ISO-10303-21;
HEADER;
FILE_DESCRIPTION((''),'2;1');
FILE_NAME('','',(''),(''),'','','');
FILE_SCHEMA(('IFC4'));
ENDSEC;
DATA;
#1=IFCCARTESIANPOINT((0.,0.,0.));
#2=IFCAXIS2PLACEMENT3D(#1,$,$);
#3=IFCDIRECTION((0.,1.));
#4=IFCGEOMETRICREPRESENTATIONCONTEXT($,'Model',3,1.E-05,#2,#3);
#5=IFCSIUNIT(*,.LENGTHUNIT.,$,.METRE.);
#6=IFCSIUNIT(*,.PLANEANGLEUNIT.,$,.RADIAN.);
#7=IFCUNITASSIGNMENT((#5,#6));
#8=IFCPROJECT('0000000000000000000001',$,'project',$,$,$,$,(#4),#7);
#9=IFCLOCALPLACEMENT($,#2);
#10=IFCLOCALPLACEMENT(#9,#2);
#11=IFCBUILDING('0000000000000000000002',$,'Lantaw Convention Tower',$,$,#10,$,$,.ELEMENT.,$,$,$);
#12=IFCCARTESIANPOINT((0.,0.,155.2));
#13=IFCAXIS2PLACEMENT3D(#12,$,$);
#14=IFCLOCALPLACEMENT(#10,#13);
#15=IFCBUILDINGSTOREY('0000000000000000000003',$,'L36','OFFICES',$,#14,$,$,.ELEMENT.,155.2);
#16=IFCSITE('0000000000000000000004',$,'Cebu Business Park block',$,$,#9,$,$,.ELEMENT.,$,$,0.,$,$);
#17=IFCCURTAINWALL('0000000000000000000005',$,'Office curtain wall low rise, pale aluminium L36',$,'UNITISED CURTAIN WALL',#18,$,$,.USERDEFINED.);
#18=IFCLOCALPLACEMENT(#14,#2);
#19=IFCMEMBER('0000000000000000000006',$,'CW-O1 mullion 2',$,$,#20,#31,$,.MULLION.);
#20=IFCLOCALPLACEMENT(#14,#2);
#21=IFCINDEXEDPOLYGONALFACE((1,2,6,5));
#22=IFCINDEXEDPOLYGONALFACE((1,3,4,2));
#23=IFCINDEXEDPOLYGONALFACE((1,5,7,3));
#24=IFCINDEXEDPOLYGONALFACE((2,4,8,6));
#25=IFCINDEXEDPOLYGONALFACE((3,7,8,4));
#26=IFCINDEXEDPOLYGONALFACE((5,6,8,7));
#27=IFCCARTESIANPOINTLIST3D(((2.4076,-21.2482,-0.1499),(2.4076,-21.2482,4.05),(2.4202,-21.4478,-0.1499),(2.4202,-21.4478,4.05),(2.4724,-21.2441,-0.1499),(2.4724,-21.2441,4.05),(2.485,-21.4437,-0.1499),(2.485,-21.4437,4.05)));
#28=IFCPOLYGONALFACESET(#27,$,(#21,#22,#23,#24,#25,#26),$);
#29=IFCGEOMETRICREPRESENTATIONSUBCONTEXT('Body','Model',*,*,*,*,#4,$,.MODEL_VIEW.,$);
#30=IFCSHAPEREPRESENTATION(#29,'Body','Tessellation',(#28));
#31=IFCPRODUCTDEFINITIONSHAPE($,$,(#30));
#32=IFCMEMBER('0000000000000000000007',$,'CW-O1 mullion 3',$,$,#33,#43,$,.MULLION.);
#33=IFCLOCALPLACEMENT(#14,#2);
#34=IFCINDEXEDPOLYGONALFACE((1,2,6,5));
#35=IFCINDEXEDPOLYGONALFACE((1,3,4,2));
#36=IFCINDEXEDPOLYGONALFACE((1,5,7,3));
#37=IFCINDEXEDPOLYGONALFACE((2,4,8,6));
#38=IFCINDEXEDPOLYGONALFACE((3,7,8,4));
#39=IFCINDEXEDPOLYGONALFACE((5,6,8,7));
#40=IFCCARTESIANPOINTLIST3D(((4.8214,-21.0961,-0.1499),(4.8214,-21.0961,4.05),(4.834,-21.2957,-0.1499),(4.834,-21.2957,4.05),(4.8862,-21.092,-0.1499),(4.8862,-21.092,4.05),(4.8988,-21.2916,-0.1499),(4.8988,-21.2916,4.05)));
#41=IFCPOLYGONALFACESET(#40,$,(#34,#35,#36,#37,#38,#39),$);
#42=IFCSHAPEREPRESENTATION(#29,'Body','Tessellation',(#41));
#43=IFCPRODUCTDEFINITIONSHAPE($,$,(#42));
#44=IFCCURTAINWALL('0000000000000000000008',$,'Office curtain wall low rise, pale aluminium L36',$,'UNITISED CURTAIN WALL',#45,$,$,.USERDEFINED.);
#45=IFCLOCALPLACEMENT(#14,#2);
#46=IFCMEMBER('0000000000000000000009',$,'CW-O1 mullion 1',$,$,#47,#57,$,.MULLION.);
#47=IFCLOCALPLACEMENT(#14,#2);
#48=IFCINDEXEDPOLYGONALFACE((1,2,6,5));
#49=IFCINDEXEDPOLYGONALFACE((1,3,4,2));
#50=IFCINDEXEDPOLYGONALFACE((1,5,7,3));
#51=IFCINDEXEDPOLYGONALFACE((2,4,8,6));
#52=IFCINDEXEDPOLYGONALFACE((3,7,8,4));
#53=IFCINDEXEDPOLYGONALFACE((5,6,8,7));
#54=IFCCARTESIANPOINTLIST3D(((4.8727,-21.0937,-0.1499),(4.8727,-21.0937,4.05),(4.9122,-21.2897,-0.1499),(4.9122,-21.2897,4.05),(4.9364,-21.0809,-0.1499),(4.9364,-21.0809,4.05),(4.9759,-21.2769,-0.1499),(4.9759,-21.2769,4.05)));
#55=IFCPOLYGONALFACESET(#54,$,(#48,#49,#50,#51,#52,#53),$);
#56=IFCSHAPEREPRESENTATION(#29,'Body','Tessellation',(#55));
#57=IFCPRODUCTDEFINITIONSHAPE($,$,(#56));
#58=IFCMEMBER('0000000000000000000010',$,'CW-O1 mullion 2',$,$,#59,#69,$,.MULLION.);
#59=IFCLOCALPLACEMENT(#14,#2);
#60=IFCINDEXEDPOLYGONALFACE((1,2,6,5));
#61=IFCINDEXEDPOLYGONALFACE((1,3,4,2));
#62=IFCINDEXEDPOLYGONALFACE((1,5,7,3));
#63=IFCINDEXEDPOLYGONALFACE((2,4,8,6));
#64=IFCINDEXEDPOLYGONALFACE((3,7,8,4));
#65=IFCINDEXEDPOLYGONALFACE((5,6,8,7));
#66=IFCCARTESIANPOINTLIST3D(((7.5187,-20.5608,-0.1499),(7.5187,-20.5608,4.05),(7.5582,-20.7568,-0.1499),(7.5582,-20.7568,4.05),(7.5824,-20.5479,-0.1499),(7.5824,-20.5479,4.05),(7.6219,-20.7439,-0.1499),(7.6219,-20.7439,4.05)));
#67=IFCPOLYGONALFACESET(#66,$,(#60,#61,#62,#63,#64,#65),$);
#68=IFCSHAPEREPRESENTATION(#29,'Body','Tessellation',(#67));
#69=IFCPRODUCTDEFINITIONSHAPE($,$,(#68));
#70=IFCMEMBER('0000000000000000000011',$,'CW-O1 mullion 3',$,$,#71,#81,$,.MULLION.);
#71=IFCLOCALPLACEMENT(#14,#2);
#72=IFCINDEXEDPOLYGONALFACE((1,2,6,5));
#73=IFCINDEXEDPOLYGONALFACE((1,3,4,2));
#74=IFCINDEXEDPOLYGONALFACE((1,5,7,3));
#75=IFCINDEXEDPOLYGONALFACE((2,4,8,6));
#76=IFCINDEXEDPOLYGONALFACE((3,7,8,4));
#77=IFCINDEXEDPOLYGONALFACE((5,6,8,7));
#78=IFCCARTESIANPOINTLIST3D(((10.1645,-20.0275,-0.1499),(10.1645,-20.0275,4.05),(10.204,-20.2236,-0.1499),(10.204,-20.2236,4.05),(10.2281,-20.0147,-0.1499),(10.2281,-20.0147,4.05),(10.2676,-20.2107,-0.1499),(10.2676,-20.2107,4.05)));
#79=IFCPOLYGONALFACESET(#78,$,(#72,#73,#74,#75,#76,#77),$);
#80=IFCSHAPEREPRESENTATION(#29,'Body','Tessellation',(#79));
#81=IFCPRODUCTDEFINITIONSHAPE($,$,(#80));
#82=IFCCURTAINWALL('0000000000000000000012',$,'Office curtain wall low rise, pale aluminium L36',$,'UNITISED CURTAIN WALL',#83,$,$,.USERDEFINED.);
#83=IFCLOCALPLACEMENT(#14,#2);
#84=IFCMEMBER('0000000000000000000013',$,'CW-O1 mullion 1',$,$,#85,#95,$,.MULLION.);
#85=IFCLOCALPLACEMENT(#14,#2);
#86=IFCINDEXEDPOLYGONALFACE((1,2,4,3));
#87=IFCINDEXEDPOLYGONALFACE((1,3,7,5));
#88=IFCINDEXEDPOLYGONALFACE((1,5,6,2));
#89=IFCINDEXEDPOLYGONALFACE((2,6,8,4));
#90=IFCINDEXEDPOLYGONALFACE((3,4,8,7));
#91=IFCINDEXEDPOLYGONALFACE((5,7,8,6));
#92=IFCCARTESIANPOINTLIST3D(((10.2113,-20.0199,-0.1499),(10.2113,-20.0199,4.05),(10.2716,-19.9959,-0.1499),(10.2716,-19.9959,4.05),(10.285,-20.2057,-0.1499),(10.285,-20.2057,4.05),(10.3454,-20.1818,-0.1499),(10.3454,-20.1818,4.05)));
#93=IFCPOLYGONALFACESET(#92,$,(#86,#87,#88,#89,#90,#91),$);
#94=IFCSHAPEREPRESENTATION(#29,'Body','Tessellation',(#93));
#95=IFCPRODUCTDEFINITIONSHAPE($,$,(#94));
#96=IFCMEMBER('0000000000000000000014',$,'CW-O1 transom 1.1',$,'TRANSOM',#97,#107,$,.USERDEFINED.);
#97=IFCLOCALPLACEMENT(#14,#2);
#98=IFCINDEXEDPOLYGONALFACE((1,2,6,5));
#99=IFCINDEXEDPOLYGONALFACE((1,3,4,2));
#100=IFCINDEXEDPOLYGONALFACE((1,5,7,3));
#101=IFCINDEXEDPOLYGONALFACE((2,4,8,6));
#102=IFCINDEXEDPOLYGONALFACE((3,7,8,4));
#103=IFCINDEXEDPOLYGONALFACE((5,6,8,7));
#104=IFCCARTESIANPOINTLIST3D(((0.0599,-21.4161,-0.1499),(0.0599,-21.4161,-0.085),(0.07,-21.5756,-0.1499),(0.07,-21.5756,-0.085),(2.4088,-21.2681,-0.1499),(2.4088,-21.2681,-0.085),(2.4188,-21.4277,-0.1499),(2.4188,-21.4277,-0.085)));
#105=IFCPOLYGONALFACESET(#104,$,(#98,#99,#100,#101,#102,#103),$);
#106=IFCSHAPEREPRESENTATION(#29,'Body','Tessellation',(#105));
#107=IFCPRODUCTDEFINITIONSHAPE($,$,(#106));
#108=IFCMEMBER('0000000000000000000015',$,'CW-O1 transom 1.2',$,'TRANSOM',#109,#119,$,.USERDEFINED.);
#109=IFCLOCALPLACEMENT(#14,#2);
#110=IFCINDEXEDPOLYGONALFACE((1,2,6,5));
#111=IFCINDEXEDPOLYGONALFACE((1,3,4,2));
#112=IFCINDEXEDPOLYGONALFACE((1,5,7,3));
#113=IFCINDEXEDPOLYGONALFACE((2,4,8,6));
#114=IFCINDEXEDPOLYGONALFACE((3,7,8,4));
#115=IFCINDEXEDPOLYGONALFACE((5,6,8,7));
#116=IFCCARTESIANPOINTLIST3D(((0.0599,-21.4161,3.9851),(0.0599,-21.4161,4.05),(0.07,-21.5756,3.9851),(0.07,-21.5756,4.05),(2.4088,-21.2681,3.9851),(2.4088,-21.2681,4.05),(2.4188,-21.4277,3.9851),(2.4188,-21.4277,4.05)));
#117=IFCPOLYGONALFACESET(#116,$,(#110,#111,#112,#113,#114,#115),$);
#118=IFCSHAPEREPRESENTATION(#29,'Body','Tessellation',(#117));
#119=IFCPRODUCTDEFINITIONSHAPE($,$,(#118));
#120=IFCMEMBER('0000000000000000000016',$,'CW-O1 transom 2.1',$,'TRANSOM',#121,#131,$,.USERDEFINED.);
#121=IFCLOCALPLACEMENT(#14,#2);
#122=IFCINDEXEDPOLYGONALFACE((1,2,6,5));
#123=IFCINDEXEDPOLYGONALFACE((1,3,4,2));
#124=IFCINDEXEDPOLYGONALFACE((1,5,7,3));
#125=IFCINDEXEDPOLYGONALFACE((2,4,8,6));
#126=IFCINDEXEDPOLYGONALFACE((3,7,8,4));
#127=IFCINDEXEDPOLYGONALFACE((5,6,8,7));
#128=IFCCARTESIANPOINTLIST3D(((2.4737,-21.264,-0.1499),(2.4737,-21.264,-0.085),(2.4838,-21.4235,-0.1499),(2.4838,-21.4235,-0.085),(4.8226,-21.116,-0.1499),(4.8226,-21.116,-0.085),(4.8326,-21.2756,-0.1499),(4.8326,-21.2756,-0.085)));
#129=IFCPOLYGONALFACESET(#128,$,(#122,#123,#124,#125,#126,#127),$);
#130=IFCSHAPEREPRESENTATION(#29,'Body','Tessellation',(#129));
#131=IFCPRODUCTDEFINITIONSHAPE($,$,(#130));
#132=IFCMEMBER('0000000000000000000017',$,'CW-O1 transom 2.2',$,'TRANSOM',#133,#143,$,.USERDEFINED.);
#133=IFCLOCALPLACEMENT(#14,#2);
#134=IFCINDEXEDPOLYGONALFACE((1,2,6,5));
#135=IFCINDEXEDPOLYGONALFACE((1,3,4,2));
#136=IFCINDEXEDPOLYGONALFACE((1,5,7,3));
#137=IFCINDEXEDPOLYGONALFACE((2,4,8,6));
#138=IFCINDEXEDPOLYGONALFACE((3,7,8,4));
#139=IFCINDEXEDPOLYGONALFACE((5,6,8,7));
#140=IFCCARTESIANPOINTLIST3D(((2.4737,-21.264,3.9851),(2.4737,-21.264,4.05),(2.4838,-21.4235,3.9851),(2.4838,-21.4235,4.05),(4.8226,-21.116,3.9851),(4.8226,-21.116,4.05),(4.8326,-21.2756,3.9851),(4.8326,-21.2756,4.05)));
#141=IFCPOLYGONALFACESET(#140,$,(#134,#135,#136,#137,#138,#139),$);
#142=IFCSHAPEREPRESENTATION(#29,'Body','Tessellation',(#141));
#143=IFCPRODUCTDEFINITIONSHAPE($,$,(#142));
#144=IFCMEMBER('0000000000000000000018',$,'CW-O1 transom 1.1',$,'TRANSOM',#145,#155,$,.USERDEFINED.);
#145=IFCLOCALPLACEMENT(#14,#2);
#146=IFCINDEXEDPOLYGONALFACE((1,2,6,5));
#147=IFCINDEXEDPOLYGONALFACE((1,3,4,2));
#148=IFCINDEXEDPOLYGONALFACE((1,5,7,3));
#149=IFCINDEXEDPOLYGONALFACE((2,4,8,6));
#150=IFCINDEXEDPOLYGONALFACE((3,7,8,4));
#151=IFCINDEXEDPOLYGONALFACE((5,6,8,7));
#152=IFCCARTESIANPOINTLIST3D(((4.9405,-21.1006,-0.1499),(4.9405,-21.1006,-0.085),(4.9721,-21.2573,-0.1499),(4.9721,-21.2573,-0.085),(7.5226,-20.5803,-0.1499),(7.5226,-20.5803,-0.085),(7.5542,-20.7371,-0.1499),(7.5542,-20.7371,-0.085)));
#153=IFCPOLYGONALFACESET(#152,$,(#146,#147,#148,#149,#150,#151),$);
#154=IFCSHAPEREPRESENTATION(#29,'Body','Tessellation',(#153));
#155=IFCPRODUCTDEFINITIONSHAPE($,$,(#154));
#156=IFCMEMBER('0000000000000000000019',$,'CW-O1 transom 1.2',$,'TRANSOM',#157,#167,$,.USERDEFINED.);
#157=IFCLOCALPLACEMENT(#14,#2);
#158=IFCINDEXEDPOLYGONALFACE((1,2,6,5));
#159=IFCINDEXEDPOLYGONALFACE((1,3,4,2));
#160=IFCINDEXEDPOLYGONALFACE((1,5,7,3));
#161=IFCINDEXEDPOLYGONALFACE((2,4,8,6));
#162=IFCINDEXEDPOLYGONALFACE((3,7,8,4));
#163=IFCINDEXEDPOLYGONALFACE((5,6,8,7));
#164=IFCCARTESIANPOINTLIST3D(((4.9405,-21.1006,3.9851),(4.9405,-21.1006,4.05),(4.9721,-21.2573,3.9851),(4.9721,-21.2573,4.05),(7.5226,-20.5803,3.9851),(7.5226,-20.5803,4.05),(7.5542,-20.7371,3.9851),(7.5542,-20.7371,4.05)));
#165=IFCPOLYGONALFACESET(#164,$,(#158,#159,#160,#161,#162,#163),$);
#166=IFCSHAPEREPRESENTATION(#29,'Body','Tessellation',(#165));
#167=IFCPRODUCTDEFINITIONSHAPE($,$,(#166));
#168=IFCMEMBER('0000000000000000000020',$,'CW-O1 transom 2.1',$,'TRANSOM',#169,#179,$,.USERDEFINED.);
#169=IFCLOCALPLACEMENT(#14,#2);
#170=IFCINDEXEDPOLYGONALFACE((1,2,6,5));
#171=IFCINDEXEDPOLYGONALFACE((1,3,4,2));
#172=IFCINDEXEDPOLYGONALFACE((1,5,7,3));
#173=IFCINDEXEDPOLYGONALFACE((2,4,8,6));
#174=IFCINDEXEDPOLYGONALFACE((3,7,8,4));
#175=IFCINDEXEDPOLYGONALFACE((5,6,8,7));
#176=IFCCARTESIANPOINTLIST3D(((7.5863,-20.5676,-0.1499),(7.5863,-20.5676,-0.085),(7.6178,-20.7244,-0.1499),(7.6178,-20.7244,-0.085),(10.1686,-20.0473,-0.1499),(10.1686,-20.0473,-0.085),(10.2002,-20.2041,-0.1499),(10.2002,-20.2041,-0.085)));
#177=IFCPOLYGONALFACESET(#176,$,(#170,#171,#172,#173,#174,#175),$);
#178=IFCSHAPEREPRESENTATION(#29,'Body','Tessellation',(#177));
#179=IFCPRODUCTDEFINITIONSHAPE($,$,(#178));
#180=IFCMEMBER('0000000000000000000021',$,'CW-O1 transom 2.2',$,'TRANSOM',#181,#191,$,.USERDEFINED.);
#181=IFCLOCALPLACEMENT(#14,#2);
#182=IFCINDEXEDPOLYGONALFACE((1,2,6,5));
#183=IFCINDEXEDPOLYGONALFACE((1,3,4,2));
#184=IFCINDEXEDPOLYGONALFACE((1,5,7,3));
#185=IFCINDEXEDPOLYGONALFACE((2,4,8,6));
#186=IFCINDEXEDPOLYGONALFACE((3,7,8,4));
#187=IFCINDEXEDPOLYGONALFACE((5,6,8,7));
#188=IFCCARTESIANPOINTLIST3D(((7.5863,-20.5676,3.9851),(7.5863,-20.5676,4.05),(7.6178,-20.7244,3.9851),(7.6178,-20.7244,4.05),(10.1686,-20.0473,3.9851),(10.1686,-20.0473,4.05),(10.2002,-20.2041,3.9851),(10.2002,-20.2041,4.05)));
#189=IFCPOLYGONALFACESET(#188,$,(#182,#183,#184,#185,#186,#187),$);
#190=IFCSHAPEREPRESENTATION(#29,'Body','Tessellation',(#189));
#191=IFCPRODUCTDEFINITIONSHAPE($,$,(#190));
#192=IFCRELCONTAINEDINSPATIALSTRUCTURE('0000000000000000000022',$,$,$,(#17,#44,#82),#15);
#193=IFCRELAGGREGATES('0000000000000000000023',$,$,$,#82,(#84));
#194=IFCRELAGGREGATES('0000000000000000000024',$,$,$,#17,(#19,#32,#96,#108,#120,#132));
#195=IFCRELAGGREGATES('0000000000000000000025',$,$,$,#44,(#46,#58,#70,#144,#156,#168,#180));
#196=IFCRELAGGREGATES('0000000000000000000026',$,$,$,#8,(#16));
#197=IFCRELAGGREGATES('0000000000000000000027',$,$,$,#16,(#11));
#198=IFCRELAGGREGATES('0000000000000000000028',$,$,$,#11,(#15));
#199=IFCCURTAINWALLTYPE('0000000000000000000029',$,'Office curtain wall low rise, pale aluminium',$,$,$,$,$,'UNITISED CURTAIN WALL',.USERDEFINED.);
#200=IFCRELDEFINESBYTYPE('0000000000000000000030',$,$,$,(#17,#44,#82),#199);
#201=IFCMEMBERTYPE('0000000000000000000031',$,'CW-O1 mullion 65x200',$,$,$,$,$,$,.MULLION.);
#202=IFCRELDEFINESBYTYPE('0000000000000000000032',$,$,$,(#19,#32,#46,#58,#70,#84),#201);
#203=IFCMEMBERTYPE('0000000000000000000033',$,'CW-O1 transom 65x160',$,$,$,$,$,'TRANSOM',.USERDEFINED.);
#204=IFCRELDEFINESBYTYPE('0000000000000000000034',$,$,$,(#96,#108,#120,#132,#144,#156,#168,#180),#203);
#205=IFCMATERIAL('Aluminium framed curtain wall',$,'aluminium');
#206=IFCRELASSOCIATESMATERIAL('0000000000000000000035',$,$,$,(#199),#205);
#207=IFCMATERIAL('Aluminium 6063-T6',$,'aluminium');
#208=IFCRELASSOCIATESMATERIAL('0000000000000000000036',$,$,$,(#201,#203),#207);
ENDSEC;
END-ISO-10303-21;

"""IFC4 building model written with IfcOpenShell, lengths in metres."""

from ifc_helpers import new_model, si_unit, direction, frame, origin, origin_2d, place, context, subcontext, project, spatial, rectangle, extrude, material, material_profile, profile_set, type_object, element, aggregate, save


model = new_model("IFC4")

# Units and contexts
model_context = context("Model", 3, precision=1e-05, world=origin(), true_north=direction((0.0, 1.0)))
body_context = subcontext(model_context, "Body", "Model", "MODEL_VIEW")
ifc_project = project(units=[si_unit("LENGTHUNIT", "METRE"), si_unit("PLANEANGLEUNIT", "RADIAN")], contexts=[model_context])

# Site, building, storey
site_placement = place(None, origin())
site = spatial("IfcSite", under=ifc_project, at=site_placement, Name="Cebu Business Park block", CompositionType="ELEMENT", RefElevation=0.0)
building_placement = place(site_placement, origin())
building = spatial("IfcBuilding", under=site, at=building_placement, Name="Lantaw Convention Tower", CompositionType="ELEMENT")
storey_placement = place(building_placement, frame((0.0, 0.0, 155.2)))
storey = spatial("IfcBuildingStorey", under=building, at=storey_placement, Name="L36", Description="OFFICES", CompositionType="ELEMENT", Elevation=155.2)

# Curtain walls, members
ifc_material_1 = material(Name="Aluminium framed curtain wall", Category="aluminium")
curtain_wall_type = type_object("IfcCurtainWallType", Name="Office curtain wall low rise, pale aluminium", ElementType="UNITISED CURTAIN WALL", PredefinedType="USERDEFINED", material=ifc_material_1)
curtain_wall_1_placement = place(storey_placement, origin())
curtain_wall_1 = element("IfcCurtainWall", 1, at=curtain_wall_1_placement, inside=storey, type_object=curtain_wall_type, Name="Office curtain wall low rise, pale aluminium L36", ObjectType="UNITISED CURTAIN WALL", PredefinedType="USERDEFINED")
ifc_material_2 = material(Name="Aluminium 6063-T6", Category="aluminium")
ifc_material_profile_1 = material_profile(ifc_material_2, rectangle(XDim=0.2, YDim=0.0649, at=origin_2d()), Name="CW-O1 mullion 65x200")
ifc_profile_set_1 = profile_set([ifc_material_profile_1], Name="Aluminium 6063-T6")
member_type_1 = type_object("IfcMemberType", Name="CW-O1 mullion 65x200", PredefinedType="MULLION", material=ifc_profile_set_1)
member_1_placement = place(storey_placement, frame((2.4463, -21.3459, -0.1499), z_axis=(0.0, 0.0, 1.0), x_axis=(-0.062865, 0.998022, 0.0)))
member_1 = element("IfcMember", 2, at=member_1_placement, type_object=member_type_1, Name="CW-O1 mullion 2", PredefinedType="MULLION", context=body_context, shape_type="SweptSolid", body=[
    extrude(rectangle(XDim=0.2, YDim=0.0649, at=origin_2d()), origin(), (0.0, 0.0, 1.0), 4.2),
])
member_2_placement = place(storey_placement, frame((4.8601, -21.1938, -0.1499), z_axis=(0.0, 0.0, 1.0), x_axis=(-0.062865, 0.998022, 0.0)))
member_2 = element("IfcMember", 3, at=member_2_placement, type_object=member_type_1, Name="CW-O1 mullion 3", PredefinedType="MULLION", context=body_context, shape_type="SweptSolid", body=[
    extrude(rectangle(XDim=0.2, YDim=0.0649, at=origin_2d()), origin(), (0.0, 0.0, 1.0), 4.2),
])
curtain_wall_2_placement = place(storey_placement, origin())
curtain_wall_2 = element("IfcCurtainWall", 4, at=curtain_wall_2_placement, inside=storey, type_object=curtain_wall_type, Name="Office curtain wall low rise, pale aluminium L36", ObjectType="UNITISED CURTAIN WALL", PredefinedType="USERDEFINED")
member_3_placement = place(storey_placement, frame((4.9243, -21.1853, -0.1499), z_axis=(0.0, 0.0, 1.0), x_axis=(-0.197507, 0.980302, 0.0)))
member_3 = element("IfcMember", 5, at=member_3_placement, type_object=member_type_1, Name="CW-O1 mullion 1", PredefinedType="MULLION", context=body_context, shape_type="SweptSolid", body=[
    extrude(rectangle(XDim=0.2, YDim=0.0649, at=origin_2d()), origin(), (0.0, 0.0, 1.0), 4.2),
])
member_4_placement = place(storey_placement, frame((7.5703, -20.6523, -0.1499), z_axis=(0.0, 0.0, 1.0), x_axis=(-0.197507, 0.980302, 0.0)))
member_4 = element("IfcMember", 6, at=member_4_placement, type_object=member_type_1, Name="CW-O1 mullion 2", PredefinedType="MULLION", context=body_context, shape_type="SweptSolid", body=[
    extrude(rectangle(XDim=0.2, YDim=0.0649, at=origin_2d()), origin(), (0.0, 0.0, 1.0), 4.2),
])
member_5_placement = place(storey_placement, frame((10.2161, -20.1191, -0.1499), z_axis=(0.0, 0.0, 1.0), x_axis=(-0.197507, 0.980302, 0.0)))
member_5 = element("IfcMember", 7, at=member_5_placement, type_object=member_type_1, Name="CW-O1 mullion 3", PredefinedType="MULLION", context=body_context, shape_type="SweptSolid", body=[
    extrude(rectangle(XDim=0.2, YDim=0.0649, at=origin_2d()), origin(), (0.0, 0.0, 1.0), 4.2),
])

# Curtain wall, member
curtain_wall_3_placement = place(storey_placement, origin())
curtain_wall_3 = element("IfcCurtainWall", 8, at=curtain_wall_3_placement, inside=storey, type_object=curtain_wall_type, Name="Office curtain wall low rise, pale aluminium L36", ObjectType="UNITISED CURTAIN WALL", PredefinedType="USERDEFINED")
member_6_placement = place(storey_placement, frame((10.2783, -20.1008, -0.1499), z_axis=(0.0, 0.0, 1.0), x_axis=(-0.368702, 0.929548, 0.0)))
member_6 = element("IfcMember", 9, at=member_6_placement, type_object=member_type_1, Name="CW-O1 mullion 1", PredefinedType="MULLION", context=body_context, shape_type="SweptSolid", body=[
    extrude(rectangle(XDim=0.2, YDim=0.0649, at=origin_2d()), origin(), (0.0, 0.0, 1.0), 4.2),
])

# Members
ifc_material_profile_2 = material_profile(ifc_material_2, rectangle(XDim=0.1599, YDim=0.0649, at=origin_2d()), Name="CW-O1 transom 65x160")
ifc_profile_set_2 = profile_set([ifc_material_profile_2], Name="Aluminium 6063-T6")
member_type_2 = type_object("IfcMemberType", Name="CW-O1 transom 65x160", ElementType="TRANSOM", PredefinedType="USERDEFINED", material=ifc_profile_set_2)
member_7_placement = place(storey_placement, frame((0.0649, -21.4958, -0.1174), z_axis=(0.998022, 0.062863, 0.0), x_axis=(-0.062863, 0.998022, 0.0)))
member_7 = element("IfcMember", 10, at=member_7_placement, type_object=member_type_2, Name="CW-O1 transom 1.1", ObjectType="TRANSOM", PredefinedType="USERDEFINED", context=body_context, shape_type="SweptSolid", body=[
    extrude(rectangle(XDim=0.1599, YDim=0.0649, at=origin_2d()), origin(), (0.0, 0.0, 1.0), 2.3535),
])
member_8_placement = place(storey_placement, frame((0.0649, -21.4958, 4.0176), z_axis=(0.998022, 0.062863, 0.0), x_axis=(-0.062863, 0.998022, 0.0)))
member_8 = element("IfcMember", 11, at=member_8_placement, type_object=member_type_2, Name="CW-O1 transom 1.2", ObjectType="TRANSOM", PredefinedType="USERDEFINED", context=body_context, shape_type="SweptSolid", body=[
    extrude(rectangle(XDim=0.1599, YDim=0.0649, at=origin_2d()), origin(), (0.0, 0.0, 1.0), 2.3535),
])
member_9_placement = place(storey_placement, frame((2.4788, -21.3438, -0.1174), z_axis=(0.998022, 0.062863, 0.0), x_axis=(-0.062863, 0.998022, 0.0)))
member_9 = element("IfcMember", 12, at=member_9_placement, type_object=member_type_2, Name="CW-O1 transom 2.1", ObjectType="TRANSOM", PredefinedType="USERDEFINED", context=body_context, shape_type="SweptSolid", body=[
    extrude(rectangle(XDim=0.1599, YDim=0.0649, at=origin_2d()), origin(), (0.0, 0.0, 1.0), 2.3535),
])
member_10_placement = place(storey_placement, frame((2.4788, -21.3438, 4.0176), z_axis=(0.998022, 0.062863, 0.0), x_axis=(-0.062863, 0.998022, 0.0)))
member_10 = element("IfcMember", 13, at=member_10_placement, type_object=member_type_2, Name="CW-O1 transom 2.2", ObjectType="TRANSOM", PredefinedType="USERDEFINED", context=body_context, shape_type="SweptSolid", body=[
    extrude(rectangle(XDim=0.1599, YDim=0.0649, at=origin_2d()), origin(), (0.0, 0.0, 1.0), 2.3535),
])
member_11_placement = place(storey_placement, frame((4.9563, -21.179, -0.1174), z_axis=(0.980298, 0.197524, 0.0), x_axis=(-0.197524, 0.980298, 0.0)))
member_11 = element("IfcMember", 14, at=member_11_placement, type_object=member_type_2, Name="CW-O1 transom 1.1", ObjectType="TRANSOM", PredefinedType="USERDEFINED", context=body_context, shape_type="SweptSolid", body=[
    extrude(rectangle(XDim=0.1599, YDim=0.0649, at=origin_2d()), origin(), (0.0, 0.0, 1.0), 2.634),
])
member_12_placement = place(storey_placement, frame((4.9563, -21.179, 4.0176), z_axis=(0.980298, 0.197524, 0.0), x_axis=(-0.197524, 0.980298, 0.0)))
member_12 = element("IfcMember", 15, at=member_12_placement, type_object=member_type_2, Name="CW-O1 transom 1.2", ObjectType="TRANSOM", PredefinedType="USERDEFINED", context=body_context, shape_type="SweptSolid", body=[
    extrude(rectangle(XDim=0.1599, YDim=0.0649, at=origin_2d()), origin(), (0.0, 0.0, 1.0), 2.634),
])
member_13_placement = place(storey_placement, frame((7.6021, -20.646, -0.1174), z_axis=(0.980302, 0.197506, 0.0), x_axis=(-0.197506, 0.980302, 0.0)))
member_13 = element("IfcMember", 16, at=member_13_placement, type_object=member_type_2, Name="CW-O1 transom 2.1", ObjectType="TRANSOM", PredefinedType="USERDEFINED", context=body_context, shape_type="SweptSolid", body=[
    extrude(rectangle(XDim=0.1599, YDim=0.0649, at=origin_2d()), origin(), (0.0, 0.0, 1.0), 2.6343),
])
member_14_placement = place(storey_placement, frame((7.6021, -20.646, 4.0176), z_axis=(0.980302, 0.197506, 0.0), x_axis=(-0.197506, 0.980302, 0.0)))
member_14 = element("IfcMember", 17, at=member_14_placement, type_object=member_type_2, Name="CW-O1 transom 2.2", ObjectType="TRANSOM", PredefinedType="USERDEFINED", context=body_context, shape_type="SweptSolid", body=[
    extrude(rectangle(XDim=0.1599, YDim=0.0649, at=origin_2d()), origin(), (0.0, 0.0, 1.0), 2.6343),
])
aggregate(curtain_wall_3, [member_6])

aggregate(curtain_wall_1, [member_1, member_2, member_7, member_8, member_9, member_10])
aggregate(curtain_wall_2, [member_3, member_4, member_5, member_11, member_12, member_13, member_14])

save(model, "model.ifc")
